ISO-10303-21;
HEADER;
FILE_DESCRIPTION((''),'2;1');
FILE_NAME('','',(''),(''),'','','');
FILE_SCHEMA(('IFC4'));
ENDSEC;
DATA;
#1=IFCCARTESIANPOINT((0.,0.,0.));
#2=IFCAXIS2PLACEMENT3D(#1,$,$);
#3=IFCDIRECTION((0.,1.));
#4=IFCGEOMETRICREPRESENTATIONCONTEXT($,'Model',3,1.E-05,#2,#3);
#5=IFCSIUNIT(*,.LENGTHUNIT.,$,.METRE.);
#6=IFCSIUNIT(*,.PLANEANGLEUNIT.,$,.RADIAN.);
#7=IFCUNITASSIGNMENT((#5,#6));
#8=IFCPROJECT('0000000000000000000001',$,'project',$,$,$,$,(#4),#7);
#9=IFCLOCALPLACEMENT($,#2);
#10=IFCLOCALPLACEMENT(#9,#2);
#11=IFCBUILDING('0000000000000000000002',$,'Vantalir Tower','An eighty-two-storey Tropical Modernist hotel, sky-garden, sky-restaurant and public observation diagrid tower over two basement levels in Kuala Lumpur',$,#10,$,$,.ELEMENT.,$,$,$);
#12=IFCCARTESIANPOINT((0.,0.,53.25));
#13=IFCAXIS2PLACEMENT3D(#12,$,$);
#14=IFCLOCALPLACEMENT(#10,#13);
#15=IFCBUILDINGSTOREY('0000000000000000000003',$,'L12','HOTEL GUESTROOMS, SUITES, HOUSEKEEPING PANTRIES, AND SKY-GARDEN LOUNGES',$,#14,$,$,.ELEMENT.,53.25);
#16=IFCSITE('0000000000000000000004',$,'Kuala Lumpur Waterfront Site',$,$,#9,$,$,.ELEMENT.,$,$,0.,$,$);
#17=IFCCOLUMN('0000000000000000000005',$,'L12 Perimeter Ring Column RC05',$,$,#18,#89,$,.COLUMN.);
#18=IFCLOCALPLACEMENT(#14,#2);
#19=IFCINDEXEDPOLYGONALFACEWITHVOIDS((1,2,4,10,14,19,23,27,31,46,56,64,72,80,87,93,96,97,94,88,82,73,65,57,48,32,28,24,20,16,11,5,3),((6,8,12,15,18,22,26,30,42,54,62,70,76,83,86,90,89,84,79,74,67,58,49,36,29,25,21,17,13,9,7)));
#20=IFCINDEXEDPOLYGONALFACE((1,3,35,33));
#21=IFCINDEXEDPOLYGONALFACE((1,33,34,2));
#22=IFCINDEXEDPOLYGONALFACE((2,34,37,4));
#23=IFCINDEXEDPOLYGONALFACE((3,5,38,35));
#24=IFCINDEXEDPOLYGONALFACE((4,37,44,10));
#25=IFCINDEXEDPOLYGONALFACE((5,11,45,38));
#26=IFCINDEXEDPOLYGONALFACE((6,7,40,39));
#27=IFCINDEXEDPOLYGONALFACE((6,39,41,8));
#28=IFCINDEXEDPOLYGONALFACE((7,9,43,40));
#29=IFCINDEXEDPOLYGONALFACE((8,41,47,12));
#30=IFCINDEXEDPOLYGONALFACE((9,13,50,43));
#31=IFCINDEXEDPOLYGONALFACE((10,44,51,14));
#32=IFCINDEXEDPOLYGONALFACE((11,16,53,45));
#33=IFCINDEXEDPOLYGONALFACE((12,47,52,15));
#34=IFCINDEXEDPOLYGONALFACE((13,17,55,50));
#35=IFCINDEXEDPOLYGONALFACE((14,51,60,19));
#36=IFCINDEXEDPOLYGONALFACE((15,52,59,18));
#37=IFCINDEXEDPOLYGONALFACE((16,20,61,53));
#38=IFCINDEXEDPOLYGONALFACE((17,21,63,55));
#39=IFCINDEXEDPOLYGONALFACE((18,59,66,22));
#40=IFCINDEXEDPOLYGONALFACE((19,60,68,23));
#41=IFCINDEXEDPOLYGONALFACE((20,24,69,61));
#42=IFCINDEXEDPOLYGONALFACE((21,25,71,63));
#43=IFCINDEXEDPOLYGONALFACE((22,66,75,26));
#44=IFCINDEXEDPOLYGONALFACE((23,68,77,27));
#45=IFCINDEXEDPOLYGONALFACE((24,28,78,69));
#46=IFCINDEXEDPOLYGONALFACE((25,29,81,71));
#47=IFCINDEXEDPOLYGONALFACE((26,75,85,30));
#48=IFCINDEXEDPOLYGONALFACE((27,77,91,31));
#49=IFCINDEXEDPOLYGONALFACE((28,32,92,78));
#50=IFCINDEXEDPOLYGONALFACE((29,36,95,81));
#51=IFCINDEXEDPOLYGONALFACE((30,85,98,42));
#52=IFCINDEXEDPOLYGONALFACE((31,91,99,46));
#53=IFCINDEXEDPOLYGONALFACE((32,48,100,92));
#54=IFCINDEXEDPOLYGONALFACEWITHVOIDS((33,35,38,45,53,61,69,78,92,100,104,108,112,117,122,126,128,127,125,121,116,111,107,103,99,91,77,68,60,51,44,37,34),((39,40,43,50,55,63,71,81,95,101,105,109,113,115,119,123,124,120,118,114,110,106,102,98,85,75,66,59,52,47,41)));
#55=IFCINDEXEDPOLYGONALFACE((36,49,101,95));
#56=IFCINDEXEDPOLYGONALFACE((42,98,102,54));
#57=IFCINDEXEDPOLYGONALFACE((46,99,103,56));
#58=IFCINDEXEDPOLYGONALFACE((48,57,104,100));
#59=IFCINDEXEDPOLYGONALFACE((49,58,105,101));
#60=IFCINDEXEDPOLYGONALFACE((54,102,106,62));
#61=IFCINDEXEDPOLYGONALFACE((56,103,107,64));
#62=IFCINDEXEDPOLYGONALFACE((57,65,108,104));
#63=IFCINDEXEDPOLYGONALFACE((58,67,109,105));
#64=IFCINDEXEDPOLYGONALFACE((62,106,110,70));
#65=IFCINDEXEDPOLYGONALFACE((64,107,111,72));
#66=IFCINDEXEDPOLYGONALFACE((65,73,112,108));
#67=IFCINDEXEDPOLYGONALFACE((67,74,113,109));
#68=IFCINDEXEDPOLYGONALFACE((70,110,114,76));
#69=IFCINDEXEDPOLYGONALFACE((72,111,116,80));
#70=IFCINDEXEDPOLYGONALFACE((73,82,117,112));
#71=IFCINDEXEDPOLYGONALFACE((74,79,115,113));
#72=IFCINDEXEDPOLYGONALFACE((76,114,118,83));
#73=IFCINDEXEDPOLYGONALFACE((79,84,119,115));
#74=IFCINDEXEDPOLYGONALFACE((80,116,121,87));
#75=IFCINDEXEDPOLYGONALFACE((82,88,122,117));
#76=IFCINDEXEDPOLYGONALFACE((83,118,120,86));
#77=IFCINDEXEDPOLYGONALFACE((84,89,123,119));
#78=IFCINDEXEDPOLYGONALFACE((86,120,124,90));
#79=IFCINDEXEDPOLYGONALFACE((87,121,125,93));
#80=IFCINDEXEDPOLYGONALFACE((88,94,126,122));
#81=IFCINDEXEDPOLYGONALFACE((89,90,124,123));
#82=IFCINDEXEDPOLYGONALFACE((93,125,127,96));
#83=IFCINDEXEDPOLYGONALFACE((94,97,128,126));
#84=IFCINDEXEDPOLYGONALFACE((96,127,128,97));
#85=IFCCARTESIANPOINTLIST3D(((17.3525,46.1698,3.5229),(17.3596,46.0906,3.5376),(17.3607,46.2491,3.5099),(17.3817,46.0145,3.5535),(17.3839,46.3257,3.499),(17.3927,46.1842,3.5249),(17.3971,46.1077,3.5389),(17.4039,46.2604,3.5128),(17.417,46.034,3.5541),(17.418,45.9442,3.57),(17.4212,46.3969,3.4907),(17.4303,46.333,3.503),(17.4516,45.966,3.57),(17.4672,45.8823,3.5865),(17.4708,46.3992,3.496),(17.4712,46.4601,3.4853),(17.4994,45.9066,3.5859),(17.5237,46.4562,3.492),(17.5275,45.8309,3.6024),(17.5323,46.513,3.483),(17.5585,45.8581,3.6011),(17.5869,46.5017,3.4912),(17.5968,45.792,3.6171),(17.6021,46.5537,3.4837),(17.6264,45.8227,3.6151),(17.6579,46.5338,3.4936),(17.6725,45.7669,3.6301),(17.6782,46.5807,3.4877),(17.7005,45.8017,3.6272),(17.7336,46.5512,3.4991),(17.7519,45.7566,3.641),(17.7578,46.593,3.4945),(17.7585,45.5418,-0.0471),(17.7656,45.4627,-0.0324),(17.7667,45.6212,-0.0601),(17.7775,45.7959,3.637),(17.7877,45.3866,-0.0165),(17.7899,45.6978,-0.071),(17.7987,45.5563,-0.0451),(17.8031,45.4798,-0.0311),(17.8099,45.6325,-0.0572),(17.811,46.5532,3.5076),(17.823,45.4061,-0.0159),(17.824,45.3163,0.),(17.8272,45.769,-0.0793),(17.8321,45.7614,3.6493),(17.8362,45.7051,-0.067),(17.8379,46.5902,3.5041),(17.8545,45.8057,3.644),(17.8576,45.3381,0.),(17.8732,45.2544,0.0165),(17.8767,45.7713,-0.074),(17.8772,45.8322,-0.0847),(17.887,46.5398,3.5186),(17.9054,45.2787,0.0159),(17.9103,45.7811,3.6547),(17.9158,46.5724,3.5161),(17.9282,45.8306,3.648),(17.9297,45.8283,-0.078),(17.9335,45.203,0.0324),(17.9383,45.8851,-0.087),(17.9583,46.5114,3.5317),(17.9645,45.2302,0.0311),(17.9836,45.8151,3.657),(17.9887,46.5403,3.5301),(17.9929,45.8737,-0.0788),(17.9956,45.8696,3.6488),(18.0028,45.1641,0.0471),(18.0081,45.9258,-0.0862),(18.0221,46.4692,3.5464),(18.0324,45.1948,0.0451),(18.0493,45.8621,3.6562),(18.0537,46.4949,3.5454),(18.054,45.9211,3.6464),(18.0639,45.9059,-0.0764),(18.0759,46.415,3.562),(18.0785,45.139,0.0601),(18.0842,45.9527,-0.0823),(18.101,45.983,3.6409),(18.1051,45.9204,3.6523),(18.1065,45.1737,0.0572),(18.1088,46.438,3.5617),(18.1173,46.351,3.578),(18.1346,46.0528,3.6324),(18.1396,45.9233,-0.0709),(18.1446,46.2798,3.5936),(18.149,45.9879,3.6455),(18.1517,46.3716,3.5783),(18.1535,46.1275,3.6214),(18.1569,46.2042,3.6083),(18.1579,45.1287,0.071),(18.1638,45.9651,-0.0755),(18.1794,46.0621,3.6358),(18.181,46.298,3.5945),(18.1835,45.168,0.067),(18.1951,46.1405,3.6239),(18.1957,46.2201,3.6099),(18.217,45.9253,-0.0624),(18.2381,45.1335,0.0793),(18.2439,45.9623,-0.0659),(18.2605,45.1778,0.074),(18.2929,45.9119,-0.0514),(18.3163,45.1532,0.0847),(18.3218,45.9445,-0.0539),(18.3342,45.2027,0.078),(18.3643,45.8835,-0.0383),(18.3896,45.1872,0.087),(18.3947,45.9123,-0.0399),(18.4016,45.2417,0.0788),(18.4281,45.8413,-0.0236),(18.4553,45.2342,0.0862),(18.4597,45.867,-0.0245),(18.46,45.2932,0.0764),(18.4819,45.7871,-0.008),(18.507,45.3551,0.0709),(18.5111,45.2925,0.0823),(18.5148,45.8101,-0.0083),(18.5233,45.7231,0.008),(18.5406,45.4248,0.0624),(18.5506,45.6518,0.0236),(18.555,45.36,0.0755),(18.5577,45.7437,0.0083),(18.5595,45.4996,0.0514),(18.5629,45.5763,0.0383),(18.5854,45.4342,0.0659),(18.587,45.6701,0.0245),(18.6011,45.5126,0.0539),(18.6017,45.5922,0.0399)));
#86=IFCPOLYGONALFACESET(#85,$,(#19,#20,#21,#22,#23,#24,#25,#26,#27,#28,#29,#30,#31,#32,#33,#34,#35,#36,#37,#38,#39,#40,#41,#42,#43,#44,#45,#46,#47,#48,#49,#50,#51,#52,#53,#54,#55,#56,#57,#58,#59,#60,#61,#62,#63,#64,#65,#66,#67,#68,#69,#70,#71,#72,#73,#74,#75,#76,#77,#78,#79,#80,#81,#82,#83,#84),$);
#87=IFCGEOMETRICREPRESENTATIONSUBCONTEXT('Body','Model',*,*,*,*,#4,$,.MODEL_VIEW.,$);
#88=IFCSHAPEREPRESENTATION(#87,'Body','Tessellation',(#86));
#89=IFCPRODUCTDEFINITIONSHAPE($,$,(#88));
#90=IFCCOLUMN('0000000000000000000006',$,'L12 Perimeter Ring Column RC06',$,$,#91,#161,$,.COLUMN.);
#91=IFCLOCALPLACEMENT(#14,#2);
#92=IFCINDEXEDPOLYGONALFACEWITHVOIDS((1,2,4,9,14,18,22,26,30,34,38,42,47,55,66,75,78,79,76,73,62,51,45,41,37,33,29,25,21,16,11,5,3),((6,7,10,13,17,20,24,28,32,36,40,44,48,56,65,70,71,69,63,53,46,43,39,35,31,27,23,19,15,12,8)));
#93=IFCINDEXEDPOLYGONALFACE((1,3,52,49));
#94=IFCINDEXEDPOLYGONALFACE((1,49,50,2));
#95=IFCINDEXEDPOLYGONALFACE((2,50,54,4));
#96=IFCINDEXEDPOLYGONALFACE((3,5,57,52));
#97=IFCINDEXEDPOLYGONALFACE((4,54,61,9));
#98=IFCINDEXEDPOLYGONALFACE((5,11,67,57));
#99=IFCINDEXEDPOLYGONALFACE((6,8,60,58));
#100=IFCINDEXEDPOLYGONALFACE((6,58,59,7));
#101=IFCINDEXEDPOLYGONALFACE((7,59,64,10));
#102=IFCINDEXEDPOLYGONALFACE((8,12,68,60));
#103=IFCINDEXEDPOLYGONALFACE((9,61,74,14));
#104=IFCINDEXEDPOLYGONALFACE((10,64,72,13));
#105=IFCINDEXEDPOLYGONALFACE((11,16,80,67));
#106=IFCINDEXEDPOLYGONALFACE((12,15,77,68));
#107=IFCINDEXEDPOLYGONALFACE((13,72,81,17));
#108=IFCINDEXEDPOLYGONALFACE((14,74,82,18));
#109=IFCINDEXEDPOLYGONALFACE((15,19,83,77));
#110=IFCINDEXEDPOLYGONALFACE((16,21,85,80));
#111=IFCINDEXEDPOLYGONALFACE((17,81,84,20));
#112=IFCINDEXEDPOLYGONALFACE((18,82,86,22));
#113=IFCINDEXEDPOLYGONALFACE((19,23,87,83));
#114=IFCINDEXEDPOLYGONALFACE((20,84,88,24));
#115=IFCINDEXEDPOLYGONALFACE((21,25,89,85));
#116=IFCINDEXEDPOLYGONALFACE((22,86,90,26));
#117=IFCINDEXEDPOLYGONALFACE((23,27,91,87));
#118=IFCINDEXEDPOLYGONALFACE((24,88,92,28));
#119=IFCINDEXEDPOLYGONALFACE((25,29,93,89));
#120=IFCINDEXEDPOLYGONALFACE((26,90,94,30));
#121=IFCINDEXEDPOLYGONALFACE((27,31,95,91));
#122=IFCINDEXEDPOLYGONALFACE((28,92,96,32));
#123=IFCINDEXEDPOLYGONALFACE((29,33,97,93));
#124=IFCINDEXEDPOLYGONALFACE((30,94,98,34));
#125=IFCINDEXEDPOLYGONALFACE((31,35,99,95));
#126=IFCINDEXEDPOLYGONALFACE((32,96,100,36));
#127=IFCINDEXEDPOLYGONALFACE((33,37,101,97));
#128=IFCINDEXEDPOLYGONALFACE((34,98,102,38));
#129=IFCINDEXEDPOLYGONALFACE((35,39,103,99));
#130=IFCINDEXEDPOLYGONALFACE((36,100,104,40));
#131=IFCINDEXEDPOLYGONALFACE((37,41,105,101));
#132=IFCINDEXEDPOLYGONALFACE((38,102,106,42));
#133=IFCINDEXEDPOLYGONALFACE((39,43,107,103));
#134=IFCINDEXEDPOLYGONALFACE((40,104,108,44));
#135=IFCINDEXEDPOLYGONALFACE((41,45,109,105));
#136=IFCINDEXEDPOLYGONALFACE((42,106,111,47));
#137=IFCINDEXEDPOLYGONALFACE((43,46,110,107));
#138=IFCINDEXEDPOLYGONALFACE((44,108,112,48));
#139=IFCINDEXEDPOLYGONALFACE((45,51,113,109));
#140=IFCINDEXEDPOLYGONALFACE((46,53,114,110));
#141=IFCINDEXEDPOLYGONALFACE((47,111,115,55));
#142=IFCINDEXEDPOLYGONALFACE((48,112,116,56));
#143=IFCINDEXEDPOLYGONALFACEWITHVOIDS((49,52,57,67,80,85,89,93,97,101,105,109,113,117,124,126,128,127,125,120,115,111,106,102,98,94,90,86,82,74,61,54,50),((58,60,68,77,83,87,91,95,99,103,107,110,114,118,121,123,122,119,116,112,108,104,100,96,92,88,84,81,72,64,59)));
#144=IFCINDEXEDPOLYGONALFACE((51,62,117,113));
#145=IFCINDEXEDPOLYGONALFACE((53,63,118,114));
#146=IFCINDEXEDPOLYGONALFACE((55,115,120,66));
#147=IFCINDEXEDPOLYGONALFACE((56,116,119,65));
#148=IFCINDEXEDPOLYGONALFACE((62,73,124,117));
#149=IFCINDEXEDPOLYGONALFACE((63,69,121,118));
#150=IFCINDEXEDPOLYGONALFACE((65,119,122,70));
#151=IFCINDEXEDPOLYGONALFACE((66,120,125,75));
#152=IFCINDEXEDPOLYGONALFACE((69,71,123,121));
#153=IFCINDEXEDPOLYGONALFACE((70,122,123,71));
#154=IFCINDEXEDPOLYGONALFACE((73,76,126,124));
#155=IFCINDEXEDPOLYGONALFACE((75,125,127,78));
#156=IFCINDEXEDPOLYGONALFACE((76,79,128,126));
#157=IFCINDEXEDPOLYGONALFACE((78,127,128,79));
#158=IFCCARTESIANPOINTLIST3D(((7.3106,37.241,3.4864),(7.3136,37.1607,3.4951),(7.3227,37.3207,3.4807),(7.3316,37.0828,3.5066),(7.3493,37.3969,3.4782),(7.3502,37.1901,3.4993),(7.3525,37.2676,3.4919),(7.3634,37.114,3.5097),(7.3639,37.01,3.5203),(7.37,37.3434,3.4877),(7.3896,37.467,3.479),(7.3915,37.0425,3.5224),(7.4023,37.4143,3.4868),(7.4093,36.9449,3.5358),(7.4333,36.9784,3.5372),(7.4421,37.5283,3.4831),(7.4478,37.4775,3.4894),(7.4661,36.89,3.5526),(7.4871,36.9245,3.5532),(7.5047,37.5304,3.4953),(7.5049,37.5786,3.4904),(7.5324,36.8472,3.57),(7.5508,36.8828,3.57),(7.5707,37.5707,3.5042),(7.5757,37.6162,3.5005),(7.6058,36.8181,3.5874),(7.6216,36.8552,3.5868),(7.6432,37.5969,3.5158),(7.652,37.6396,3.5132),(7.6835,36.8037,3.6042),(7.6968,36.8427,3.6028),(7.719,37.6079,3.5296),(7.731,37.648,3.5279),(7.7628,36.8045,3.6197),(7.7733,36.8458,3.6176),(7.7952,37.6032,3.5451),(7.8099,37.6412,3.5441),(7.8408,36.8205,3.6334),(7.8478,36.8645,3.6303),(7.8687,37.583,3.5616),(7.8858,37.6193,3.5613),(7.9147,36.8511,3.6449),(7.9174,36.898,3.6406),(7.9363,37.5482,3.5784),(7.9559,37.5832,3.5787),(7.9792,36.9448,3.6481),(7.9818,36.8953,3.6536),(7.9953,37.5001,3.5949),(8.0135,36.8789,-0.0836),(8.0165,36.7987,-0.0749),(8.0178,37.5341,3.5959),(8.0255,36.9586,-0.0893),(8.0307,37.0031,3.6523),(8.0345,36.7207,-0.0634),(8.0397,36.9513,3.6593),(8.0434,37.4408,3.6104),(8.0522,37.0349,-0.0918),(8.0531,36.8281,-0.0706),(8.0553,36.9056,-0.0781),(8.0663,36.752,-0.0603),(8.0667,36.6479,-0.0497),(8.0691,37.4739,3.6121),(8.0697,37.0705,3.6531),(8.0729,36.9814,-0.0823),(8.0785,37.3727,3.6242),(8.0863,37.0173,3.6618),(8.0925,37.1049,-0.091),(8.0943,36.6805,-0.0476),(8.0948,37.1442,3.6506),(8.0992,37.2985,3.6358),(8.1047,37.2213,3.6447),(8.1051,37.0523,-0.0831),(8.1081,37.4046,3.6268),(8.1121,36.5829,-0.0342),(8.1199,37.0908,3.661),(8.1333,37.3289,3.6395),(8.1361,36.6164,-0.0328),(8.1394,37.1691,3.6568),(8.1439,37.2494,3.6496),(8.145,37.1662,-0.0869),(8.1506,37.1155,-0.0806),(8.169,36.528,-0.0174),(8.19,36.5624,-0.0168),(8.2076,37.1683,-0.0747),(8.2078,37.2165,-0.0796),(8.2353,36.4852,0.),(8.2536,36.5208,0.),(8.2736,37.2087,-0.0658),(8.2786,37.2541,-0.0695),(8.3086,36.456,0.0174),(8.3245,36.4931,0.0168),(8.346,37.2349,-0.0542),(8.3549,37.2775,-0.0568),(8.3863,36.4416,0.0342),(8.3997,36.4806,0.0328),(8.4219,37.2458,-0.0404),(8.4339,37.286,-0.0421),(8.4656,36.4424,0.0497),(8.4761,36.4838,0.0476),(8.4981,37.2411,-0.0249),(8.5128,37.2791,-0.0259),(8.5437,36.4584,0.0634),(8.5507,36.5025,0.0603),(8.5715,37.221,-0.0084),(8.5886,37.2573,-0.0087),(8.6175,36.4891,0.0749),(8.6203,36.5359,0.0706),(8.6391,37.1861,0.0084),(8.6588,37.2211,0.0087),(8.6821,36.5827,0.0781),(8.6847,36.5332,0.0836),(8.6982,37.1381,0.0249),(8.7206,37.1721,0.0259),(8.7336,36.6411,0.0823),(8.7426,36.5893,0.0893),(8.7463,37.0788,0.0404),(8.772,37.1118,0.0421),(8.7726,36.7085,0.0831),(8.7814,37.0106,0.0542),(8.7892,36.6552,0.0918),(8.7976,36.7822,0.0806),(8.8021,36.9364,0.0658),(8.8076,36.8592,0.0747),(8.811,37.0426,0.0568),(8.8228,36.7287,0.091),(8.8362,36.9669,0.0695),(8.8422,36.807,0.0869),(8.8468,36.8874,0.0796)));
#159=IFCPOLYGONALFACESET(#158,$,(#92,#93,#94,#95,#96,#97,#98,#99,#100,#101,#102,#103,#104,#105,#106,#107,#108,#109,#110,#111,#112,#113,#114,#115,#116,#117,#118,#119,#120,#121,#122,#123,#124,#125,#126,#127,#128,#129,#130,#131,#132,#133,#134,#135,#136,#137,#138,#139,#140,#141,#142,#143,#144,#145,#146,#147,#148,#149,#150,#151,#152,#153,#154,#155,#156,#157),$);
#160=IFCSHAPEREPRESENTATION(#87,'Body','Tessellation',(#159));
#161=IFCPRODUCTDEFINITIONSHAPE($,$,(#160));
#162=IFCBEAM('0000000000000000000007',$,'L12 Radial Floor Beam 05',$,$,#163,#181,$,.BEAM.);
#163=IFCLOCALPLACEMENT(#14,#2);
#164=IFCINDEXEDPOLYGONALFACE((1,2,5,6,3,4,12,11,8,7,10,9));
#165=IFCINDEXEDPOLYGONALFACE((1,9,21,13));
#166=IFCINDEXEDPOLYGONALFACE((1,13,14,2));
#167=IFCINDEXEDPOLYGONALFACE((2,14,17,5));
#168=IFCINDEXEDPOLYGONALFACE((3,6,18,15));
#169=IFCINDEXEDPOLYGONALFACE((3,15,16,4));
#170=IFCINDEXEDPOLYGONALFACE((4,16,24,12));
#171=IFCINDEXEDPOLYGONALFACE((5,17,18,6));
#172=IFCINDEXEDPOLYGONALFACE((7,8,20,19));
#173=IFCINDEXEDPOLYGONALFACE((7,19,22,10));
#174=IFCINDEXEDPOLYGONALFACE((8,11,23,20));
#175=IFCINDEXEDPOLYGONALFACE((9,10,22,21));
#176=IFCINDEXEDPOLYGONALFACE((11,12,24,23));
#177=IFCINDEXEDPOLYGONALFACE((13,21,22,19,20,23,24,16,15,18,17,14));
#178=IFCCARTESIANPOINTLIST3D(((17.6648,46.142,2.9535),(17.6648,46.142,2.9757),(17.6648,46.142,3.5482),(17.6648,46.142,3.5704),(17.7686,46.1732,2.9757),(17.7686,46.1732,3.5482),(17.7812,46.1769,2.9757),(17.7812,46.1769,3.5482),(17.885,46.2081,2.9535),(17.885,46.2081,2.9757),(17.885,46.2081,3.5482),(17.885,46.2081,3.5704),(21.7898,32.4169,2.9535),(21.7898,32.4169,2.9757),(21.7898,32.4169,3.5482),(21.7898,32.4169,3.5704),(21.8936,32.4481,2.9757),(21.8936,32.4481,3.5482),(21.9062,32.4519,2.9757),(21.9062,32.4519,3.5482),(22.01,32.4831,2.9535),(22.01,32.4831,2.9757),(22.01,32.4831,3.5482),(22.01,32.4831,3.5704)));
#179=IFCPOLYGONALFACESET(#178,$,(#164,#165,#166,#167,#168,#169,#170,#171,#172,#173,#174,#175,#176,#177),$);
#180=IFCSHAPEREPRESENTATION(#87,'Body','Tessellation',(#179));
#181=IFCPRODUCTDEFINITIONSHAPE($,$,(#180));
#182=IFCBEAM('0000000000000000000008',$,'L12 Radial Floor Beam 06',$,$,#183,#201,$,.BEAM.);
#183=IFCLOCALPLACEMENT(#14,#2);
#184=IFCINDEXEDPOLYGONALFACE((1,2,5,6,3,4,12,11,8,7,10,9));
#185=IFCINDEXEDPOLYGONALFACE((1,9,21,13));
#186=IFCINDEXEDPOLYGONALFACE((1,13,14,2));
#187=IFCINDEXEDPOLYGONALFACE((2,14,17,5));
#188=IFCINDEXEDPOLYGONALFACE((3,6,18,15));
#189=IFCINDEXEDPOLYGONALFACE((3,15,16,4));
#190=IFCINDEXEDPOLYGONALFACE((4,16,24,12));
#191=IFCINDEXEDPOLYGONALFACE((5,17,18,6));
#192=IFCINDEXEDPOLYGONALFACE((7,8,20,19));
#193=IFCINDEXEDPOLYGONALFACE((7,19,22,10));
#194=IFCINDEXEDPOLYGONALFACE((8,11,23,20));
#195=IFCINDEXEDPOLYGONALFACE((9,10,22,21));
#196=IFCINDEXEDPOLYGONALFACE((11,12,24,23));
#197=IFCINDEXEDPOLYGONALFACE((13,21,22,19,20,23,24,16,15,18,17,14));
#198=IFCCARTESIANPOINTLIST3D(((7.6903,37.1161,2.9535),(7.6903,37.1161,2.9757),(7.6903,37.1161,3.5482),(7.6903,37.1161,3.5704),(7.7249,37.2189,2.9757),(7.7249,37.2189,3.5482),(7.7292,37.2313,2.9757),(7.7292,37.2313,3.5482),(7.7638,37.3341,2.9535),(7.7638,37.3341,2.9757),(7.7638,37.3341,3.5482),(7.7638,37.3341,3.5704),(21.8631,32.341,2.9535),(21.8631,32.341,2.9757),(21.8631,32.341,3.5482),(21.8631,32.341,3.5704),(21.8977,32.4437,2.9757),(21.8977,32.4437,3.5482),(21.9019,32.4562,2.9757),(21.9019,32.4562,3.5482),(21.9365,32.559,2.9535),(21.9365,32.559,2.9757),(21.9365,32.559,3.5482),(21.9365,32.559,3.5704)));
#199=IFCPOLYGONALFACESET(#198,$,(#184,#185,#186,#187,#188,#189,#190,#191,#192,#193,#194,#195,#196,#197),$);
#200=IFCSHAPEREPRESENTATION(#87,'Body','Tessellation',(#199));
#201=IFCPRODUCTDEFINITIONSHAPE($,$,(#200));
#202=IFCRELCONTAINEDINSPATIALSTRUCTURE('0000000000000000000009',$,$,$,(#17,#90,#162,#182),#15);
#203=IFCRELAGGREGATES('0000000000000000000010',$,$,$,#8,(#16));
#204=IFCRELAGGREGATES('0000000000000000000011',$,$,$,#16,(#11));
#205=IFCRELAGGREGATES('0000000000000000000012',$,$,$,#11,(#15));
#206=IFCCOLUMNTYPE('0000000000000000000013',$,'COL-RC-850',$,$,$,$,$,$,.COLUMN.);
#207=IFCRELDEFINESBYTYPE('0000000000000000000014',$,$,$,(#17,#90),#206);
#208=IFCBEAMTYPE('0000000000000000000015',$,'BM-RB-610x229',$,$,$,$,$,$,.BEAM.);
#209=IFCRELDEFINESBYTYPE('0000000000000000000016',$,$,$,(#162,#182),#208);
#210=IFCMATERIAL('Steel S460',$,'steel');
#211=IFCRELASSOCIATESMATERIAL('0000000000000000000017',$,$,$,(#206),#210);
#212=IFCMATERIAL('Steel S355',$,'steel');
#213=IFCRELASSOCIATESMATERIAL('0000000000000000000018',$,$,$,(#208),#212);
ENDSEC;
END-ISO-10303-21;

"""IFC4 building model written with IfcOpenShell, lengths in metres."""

from ifc_helpers import new_model, si_unit, direction, frame, origin, origin_2d, place, context, subcontext, project, spatial, hollow_circle, i_section, extrude, material, material_profile, profile_set, type_object, element, save


model = new_model("IFC4")

# Units and contexts
model_context = context("Model", 3, precision=1e-05, world=origin(), true_north=direction((0.0, 1.0)))
body_context = subcontext(model_context, "Body", "Model", "MODEL_VIEW")
ifc_project = project(units=[si_unit("LENGTHUNIT", "METRE"), si_unit("PLANEANGLEUNIT", "RADIAN")], contexts=[model_context])

# Site, building, storey
site_placement = place(None, origin())
site = spatial("IfcSite", under=ifc_project, at=site_placement, Name="Kuala Lumpur Waterfront Site", CompositionType="ELEMENT", RefElevation=0.0)
building_placement = place(site_placement, origin())
building = spatial("IfcBuilding", under=site, at=building_placement, Name="Vantalir Tower", Description="An eighty-two-storey Tropical Modernist hotel, sky-garden, sky-restaurant and public observation diagrid tower over two basement levels in Kuala Lumpur", CompositionType="ELEMENT")
storey_placement = place(building_placement, frame((0.0, 0.0, 53.25)))
storey = spatial("IfcBuildingStorey", under=building, at=storey_placement, Name="L12", Description="HOTEL GUESTROOMS, SUITES, HOUSEKEEPING PANTRIES, AND SKY-GARDEN LOUNGES", CompositionType="ELEMENT", Elevation=53.25)

# Columns
ifc_material_1 = material(Name="Steel S460", Category="steel")
ifc_material_profile_1 = material_profile(ifc_material_1, hollow_circle(Radius=0.425, WallThickness=0.04, at=origin_2d()), Name="Steel S460")
ifc_profile_set_1 = profile_set([ifc_material_profile_1], Name="Steel S460")
column_type = type_object("IfcColumnType", Name="COL-RC-850", PredefinedType="COLUMN", material=ifc_profile_set_1)
column_1_placement = place(storey_placement, frame((18.1809, 45.5471, 0.0), z_axis=(-0.11131, 0.172152, 0.978761), x_axis=(-0.839754, -0.542967, 0.0)))
element("IfcColumn", 1, at=column_1_placement, inside=storey, type_object=column_type, Name="L12 Perimeter Ring Column RC05", PredefinedType="COLUMN", context=body_context, shape_type="SweptSolid", body=[
    extrude(hollow_circle(Radius=0.425, WallThickness=0.04, at=origin_2d()), origin(), (0.0, 0.0, 1.0), 3.6475),
])
column_2_placement = place(storey_placement, frame((8.4299, 36.863, 0.0), z_axis=(-0.192224, 0.099016, 0.976343), x_axis=(-0.457927, -0.88899, 0.0)))
element("IfcColumn", 2, at=column_2_placement, inside=storey, type_object=column_type, Name="L12 Perimeter Ring Column RC06", PredefinedType="COLUMN", context=body_context, shape_type="SweptSolid", body=[
    extrude(hollow_circle(Radius=0.425, WallThickness=0.04, at=origin_2d()), origin(), (0.0, 0.0, 1.0), 3.6565),
])

# Beams
ifc_material_2 = material(Name="Steel S355", Category="steel")
ifc_material_profile_2 = material_profile(ifc_material_2, i_section(OverallWidth=0.23, OverallDepth=0.6169, WebThickness=0.0132, FlangeThickness=0.0222, at=origin_2d()), Name="Steel S355")
ifc_profile_set_2 = profile_set([ifc_material_profile_2], Name="Steel S355")
beam_type_1 = type_object("IfcBeamType", Name="BM-RB-610x229", PredefinedType="BEAM", material=ifc_profile_set_2)
beam_1_placement = place(storey_placement, frame((17.7749, 46.175, 3.262), z_axis=(0.287826, -0.957683, 0.0), x_axis=(0.957683, 0.287826, 0.0)))
element("IfcBeam", 3, at=beam_1_placement, inside=storey, type_object=beam_type_1, Name="L12 Radial Floor Beam 05", PredefinedType="BEAM", context=body_context, shape_type="SweptSolid", body=[
    extrude(i_section(OverallWidth=0.23, OverallDepth=0.6169, WebThickness=0.0132, FlangeThickness=0.0222, at=origin_2d()), origin(), (0.0, 0.0, 1.0), 14.3315),
])
beam_2_placement = place(storey_placement, frame((7.7271, 37.2251, 3.262), z_axis=(0.947658, -0.319287, 0.0), x_axis=(0.319287, 0.947658, 0.0)))
element("IfcBeam", 4, at=beam_2_placement, inside=storey, type_object=beam_type_1, Name="L12 Radial Floor Beam 06", PredefinedType="BEAM", context=body_context, shape_type="SweptSolid", body=[
    extrude(i_section(OverallWidth=0.23, OverallDepth=0.6169, WebThickness=0.0132, FlangeThickness=0.0222, at=origin_2d()), origin(), (0.0, 0.0, 1.0), 14.9556),
])

save(model, "model.ifc")
